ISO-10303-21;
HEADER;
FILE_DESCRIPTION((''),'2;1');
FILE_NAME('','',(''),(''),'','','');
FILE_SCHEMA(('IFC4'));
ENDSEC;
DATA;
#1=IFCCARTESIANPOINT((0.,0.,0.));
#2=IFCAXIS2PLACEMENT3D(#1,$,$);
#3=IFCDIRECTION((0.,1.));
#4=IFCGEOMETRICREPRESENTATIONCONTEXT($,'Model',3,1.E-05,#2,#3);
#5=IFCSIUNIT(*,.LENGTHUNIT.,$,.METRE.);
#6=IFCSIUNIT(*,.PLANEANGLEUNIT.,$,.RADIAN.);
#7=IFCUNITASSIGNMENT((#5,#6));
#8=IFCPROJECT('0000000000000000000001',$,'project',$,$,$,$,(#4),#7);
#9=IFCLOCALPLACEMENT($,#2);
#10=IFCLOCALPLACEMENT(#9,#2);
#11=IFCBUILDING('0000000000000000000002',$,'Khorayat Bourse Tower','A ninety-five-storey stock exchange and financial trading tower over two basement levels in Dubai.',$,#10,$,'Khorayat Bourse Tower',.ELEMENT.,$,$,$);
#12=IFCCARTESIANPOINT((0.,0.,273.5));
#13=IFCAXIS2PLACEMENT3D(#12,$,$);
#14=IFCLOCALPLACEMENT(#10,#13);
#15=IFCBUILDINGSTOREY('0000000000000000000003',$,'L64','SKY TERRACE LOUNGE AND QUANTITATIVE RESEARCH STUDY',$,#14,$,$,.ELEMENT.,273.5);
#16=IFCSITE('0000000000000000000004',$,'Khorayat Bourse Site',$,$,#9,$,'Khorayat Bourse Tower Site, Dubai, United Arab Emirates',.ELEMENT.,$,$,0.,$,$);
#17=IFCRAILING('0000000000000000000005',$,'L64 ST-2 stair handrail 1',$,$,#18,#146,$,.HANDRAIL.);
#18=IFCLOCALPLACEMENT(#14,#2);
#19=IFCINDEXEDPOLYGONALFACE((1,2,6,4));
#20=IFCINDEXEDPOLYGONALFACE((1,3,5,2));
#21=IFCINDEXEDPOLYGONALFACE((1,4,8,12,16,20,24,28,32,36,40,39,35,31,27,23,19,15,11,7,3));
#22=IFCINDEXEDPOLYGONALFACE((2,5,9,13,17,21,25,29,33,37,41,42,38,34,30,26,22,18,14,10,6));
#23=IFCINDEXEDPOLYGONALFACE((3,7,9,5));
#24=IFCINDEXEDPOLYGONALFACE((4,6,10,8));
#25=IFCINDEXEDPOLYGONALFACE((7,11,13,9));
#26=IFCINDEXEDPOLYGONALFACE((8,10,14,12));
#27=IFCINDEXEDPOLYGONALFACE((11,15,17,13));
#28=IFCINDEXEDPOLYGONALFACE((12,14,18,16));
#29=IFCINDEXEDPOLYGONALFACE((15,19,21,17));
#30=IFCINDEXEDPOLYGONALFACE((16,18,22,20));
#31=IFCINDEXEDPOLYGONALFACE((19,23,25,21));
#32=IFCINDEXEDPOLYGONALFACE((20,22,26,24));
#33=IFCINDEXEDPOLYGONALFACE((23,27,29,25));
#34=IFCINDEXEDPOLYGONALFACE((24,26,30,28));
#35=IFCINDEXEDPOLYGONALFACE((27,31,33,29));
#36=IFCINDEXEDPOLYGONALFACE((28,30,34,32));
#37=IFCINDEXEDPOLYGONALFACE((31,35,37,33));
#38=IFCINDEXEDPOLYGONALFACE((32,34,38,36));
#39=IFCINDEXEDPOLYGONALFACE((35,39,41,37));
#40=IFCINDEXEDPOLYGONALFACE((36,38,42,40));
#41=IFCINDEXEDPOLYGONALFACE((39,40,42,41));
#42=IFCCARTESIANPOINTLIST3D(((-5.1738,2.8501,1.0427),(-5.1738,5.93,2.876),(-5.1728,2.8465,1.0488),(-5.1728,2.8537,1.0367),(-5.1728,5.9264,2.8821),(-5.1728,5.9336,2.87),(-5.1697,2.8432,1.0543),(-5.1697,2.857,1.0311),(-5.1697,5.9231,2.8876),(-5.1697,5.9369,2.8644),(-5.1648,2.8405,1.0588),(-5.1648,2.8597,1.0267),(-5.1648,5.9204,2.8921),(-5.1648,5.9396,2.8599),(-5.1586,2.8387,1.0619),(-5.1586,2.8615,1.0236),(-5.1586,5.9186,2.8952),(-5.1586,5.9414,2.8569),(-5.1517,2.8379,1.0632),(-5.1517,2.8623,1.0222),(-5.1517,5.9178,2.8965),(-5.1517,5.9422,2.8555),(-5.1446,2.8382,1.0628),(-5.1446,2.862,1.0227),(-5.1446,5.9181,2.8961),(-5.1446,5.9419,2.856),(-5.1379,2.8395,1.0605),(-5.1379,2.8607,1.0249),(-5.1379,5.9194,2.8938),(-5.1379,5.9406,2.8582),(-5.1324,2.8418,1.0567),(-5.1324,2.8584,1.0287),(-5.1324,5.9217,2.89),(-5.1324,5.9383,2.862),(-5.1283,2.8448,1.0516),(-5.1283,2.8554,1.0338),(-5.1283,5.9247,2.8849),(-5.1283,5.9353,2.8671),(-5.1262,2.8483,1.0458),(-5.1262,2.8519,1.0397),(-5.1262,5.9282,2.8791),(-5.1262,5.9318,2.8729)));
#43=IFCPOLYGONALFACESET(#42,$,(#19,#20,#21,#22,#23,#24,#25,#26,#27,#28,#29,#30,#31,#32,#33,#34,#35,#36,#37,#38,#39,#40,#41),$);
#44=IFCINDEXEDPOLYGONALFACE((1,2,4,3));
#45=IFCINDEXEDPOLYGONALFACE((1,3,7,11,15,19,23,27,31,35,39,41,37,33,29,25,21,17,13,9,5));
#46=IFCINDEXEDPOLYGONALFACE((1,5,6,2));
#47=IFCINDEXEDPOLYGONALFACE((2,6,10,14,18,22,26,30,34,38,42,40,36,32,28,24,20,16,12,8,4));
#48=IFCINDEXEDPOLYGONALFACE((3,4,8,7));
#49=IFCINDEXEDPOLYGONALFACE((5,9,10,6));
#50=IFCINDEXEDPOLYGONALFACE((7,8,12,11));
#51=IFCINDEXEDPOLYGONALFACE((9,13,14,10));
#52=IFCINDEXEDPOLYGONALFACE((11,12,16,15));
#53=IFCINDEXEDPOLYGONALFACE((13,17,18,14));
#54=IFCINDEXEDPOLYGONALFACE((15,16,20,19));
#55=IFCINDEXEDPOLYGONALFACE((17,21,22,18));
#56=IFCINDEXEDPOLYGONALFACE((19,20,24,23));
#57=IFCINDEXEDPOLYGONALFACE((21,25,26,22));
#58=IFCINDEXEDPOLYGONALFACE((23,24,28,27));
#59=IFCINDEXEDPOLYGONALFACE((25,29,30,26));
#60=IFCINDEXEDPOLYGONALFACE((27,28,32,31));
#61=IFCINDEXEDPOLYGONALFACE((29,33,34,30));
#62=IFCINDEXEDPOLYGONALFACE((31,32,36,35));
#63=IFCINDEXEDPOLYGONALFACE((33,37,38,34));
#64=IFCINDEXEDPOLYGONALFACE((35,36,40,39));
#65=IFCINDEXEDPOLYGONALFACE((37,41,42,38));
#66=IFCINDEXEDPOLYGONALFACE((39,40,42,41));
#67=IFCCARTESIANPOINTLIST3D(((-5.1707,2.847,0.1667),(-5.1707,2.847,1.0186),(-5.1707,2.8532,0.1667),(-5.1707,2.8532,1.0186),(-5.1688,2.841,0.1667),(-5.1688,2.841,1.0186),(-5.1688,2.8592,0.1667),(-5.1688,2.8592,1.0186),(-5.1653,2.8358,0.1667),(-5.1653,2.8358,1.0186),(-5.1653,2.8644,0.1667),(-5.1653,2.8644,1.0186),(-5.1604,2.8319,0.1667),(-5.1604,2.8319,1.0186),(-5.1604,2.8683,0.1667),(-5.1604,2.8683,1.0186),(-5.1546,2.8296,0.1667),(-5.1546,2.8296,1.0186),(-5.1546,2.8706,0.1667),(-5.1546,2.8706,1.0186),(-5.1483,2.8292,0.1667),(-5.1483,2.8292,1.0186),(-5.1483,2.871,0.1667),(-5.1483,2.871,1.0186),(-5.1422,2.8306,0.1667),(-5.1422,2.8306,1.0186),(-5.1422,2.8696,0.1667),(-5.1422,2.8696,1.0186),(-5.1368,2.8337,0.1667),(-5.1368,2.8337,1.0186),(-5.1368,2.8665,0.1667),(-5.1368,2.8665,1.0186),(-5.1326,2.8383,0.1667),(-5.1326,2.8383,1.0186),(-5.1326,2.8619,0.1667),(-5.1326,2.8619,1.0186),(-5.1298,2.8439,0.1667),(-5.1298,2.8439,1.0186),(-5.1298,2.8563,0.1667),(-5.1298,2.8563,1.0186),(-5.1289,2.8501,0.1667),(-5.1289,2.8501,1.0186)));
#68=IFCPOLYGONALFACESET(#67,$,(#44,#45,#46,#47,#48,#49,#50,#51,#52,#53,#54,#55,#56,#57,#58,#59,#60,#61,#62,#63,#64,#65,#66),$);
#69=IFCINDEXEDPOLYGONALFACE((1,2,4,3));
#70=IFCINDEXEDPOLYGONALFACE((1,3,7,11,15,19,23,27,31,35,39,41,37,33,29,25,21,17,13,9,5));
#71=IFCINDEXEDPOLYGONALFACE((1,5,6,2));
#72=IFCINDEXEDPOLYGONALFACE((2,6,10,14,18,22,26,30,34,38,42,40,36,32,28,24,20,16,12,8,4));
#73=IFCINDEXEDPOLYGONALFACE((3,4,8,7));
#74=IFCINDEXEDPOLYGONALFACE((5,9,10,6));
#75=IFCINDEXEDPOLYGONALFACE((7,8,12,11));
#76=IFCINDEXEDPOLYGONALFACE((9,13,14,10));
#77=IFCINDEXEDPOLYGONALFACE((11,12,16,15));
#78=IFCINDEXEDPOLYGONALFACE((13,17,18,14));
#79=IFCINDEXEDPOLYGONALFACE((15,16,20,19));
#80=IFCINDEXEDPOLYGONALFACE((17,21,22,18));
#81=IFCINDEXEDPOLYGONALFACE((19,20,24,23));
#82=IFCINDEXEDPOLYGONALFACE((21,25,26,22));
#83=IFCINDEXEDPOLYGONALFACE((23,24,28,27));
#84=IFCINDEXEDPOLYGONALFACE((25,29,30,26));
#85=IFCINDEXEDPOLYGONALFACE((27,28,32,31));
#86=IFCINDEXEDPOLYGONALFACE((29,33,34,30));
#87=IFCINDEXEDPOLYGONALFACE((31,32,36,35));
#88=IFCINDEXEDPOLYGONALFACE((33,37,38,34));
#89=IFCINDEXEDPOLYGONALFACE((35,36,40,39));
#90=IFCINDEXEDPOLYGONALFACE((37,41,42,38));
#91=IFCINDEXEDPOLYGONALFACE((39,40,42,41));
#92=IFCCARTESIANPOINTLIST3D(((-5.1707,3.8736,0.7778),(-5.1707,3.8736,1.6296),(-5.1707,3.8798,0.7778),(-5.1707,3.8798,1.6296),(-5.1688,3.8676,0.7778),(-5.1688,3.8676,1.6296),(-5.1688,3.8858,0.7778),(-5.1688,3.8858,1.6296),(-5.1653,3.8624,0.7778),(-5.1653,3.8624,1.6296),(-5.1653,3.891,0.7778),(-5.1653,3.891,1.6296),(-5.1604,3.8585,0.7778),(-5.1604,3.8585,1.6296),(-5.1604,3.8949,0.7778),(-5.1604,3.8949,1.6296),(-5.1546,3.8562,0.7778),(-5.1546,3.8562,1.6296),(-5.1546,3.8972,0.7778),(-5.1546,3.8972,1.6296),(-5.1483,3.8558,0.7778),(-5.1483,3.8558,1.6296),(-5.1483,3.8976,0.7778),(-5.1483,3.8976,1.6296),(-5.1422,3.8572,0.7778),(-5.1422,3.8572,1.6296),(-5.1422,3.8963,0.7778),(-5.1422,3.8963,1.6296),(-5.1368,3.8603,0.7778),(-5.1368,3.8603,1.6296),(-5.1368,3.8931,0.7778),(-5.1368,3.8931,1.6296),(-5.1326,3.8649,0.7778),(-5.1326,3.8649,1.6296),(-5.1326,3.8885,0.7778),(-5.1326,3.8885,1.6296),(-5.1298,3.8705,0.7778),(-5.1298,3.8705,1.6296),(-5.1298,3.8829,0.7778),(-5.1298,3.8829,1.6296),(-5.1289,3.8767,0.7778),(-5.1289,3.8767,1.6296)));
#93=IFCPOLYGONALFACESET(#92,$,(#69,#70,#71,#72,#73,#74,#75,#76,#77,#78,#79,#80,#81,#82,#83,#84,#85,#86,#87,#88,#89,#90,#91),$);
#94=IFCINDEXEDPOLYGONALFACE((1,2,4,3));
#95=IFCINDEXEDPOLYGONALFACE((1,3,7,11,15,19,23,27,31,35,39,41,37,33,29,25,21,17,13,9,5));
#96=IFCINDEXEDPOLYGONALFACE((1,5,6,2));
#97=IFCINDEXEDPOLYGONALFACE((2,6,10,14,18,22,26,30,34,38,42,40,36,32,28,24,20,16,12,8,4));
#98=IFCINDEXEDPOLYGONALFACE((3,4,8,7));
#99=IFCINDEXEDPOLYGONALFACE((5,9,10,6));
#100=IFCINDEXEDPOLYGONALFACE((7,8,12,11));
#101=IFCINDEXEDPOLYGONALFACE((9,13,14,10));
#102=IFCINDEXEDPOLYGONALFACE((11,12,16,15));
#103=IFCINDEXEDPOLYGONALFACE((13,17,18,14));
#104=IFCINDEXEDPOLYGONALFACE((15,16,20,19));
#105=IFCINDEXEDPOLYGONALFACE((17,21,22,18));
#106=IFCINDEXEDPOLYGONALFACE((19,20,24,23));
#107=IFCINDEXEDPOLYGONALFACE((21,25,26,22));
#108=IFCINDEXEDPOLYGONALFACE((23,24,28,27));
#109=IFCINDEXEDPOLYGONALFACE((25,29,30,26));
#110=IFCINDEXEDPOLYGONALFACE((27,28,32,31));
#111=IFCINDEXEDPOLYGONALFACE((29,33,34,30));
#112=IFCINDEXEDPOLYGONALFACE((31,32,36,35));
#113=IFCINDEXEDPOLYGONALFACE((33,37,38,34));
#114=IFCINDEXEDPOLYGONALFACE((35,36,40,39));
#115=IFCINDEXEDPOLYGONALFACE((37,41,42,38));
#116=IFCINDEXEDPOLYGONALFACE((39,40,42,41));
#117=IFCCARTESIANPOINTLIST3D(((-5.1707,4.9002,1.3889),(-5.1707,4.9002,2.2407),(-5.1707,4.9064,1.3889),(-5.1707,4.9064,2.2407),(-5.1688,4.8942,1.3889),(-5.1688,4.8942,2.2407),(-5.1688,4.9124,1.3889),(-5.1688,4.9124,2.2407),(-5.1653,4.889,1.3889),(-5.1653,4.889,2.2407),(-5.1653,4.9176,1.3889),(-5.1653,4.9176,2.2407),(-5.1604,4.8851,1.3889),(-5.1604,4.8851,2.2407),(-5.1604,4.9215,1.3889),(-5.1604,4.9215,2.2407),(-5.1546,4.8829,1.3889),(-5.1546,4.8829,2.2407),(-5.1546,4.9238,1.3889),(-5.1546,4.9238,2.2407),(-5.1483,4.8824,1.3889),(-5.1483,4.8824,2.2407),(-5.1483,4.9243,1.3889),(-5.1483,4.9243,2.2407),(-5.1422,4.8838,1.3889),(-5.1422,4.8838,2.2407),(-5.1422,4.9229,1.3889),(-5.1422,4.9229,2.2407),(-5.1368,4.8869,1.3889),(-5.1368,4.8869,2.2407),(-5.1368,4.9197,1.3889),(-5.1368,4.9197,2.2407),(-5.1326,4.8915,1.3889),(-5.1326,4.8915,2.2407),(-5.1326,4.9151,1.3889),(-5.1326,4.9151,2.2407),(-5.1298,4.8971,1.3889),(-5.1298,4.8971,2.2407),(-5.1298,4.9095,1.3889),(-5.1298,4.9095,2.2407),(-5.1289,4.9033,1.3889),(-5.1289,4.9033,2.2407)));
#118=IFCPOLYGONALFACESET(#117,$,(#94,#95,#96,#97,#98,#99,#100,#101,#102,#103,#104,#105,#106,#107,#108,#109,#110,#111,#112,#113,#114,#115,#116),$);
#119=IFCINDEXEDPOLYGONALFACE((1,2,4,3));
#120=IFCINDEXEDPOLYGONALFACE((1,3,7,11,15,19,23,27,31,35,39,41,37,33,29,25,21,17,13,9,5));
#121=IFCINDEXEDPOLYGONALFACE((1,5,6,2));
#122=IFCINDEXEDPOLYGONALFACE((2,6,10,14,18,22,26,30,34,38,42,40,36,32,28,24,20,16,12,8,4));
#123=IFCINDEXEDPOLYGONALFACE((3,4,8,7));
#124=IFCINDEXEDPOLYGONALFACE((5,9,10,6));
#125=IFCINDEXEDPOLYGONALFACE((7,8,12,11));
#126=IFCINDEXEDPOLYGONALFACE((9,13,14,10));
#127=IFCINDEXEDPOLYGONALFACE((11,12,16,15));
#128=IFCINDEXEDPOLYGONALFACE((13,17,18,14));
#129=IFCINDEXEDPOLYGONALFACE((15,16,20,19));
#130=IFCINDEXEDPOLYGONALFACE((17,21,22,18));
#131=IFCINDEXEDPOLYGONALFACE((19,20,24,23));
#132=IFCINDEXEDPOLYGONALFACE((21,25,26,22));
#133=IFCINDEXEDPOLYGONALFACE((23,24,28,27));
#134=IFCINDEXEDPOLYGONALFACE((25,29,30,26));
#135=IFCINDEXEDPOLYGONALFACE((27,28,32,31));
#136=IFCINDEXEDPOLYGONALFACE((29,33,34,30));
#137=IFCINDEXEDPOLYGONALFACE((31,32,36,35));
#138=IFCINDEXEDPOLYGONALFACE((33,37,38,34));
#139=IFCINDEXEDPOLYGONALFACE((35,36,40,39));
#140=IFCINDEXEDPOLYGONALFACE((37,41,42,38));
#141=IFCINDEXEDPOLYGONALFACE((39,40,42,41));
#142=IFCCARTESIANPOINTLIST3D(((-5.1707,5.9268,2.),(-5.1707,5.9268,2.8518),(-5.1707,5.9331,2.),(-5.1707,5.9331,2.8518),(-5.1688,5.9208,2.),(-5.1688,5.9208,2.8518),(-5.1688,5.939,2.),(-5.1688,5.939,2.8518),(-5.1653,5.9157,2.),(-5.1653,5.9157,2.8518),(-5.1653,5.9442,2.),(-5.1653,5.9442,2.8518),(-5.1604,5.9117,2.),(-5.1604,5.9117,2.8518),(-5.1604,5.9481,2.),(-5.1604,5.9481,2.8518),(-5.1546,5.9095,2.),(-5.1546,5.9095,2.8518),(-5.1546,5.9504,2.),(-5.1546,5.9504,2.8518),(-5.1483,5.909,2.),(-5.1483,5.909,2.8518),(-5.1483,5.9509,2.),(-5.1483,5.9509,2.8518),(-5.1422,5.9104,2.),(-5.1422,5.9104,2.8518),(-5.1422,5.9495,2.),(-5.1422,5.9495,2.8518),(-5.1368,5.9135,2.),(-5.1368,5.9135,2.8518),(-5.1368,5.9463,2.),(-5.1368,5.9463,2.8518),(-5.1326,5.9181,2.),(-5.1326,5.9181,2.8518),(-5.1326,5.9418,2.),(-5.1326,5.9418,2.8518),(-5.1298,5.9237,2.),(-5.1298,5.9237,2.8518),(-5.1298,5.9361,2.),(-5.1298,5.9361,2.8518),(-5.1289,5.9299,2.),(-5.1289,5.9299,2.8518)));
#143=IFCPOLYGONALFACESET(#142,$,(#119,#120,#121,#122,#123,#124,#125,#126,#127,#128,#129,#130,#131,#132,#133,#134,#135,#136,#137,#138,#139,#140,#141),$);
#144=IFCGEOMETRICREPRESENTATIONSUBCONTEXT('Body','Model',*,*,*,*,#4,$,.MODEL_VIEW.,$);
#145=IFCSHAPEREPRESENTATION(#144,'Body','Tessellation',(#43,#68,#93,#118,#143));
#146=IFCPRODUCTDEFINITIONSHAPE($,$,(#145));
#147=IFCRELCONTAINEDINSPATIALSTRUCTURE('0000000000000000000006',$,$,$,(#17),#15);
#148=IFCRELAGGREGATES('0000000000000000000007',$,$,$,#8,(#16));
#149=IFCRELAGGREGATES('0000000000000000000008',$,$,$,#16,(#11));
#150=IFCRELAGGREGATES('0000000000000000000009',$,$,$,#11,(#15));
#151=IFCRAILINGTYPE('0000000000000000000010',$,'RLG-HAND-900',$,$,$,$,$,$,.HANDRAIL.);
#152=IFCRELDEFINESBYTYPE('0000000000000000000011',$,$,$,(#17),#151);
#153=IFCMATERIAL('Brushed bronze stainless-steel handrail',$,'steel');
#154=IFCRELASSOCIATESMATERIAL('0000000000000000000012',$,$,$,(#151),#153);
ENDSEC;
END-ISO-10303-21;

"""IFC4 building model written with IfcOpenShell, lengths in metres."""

from ifc_helpers import new_model, si_unit, direction, frame, origin, origin_2d, place, context, subcontext, project, spatial, circle, extrude, source, transform, mapped, material, type_object, element, save


model = new_model("IFC4")

# Units and contexts
model_context = context("Model", 3, precision=1e-05, world=origin(), true_north=direction((0.0, 1.0)))
body_context = subcontext(model_context, "Body", "Model", "MODEL_VIEW")
ifc_project = project(units=[si_unit("LENGTHUNIT", "METRE"), si_unit("PLANEANGLEUNIT", "RADIAN")], contexts=[model_context])

# Site, building, storey
site_placement = place(None, origin())
site = spatial("IfcSite", under=ifc_project, at=site_placement, Name="Khorayat Bourse Site", LongName="Khorayat Bourse Tower Site, Dubai, United Arab Emirates", CompositionType="ELEMENT", RefElevation=0.0)
building_placement = place(site_placement, origin())
building = spatial("IfcBuilding", under=site, at=building_placement, Name="Khorayat Bourse Tower", Description="A ninety-five-storey stock exchange and financial trading tower over two basement levels in Dubai.", LongName="Khorayat Bourse Tower", CompositionType="ELEMENT")
storey_placement = place(building_placement, frame((0.0, 0.0, 273.5)))
storey = spatial("IfcBuildingStorey", under=building, at=storey_placement, Name="L64", Description="SKY TERRACE LOUNGE AND QUANTITATIVE RESEARCH STUDY", CompositionType="ELEMENT", Elevation=273.5)

# Railing
ifc_material_1 = material(Name="Brushed bronze stainless-steel handrail", Category="steel")
railing_type_1 = type_object("IfcRailingType", Name="RLG-HAND-900", PredefinedType="HANDRAIL", material=ifc_material_1)
shared_shape_1 = source(origin(), body_context, "Body", "SweptSolid", [
    extrude(circle(Radius=0.0239, at=origin_2d()), frame((0.0, 0.0, 0.876), z_axis=(0.0, 0.859291, 0.511487), x_axis=(-1.0, 0.0, 0.0)), (0.0, 0.0, 1.0), 3.5842),
    extrude(circle(Radius=0.021, at=origin_2d()), origin(), (0.0, 0.0, 1.0), 0.8518),
    extrude(circle(Radius=0.021, at=origin_2d()), frame((0.0, 1.0266, 0.6111)), (0.0, 0.0, 1.0), 0.8518),
    extrude(circle(Radius=0.021, at=origin_2d()), frame((0.0, 2.0532, 1.2222)), (0.0, 0.0, 1.0), 0.8518),
    extrude(circle(Radius=0.021, at=origin_2d()), frame((0.0, 3.0798, 1.8333)), (0.0, 0.0, 1.0), 0.8518),
])
railing_1_placement = place(storey_placement, frame((-5.1499, 2.8501, 0.1667)))
element("IfcRailing", 1, at=railing_1_placement, inside=storey, type_object=railing_type_1, Name="L64 ST-2 stair handrail 1", PredefinedType="HANDRAIL", context=body_context, shape_type="MappedRepresentation", body=[
    mapped(shared_shape_1, transform((0.0, 0.0, 0.0), scale=1.0)),
])

save(model, "model.ifc")
